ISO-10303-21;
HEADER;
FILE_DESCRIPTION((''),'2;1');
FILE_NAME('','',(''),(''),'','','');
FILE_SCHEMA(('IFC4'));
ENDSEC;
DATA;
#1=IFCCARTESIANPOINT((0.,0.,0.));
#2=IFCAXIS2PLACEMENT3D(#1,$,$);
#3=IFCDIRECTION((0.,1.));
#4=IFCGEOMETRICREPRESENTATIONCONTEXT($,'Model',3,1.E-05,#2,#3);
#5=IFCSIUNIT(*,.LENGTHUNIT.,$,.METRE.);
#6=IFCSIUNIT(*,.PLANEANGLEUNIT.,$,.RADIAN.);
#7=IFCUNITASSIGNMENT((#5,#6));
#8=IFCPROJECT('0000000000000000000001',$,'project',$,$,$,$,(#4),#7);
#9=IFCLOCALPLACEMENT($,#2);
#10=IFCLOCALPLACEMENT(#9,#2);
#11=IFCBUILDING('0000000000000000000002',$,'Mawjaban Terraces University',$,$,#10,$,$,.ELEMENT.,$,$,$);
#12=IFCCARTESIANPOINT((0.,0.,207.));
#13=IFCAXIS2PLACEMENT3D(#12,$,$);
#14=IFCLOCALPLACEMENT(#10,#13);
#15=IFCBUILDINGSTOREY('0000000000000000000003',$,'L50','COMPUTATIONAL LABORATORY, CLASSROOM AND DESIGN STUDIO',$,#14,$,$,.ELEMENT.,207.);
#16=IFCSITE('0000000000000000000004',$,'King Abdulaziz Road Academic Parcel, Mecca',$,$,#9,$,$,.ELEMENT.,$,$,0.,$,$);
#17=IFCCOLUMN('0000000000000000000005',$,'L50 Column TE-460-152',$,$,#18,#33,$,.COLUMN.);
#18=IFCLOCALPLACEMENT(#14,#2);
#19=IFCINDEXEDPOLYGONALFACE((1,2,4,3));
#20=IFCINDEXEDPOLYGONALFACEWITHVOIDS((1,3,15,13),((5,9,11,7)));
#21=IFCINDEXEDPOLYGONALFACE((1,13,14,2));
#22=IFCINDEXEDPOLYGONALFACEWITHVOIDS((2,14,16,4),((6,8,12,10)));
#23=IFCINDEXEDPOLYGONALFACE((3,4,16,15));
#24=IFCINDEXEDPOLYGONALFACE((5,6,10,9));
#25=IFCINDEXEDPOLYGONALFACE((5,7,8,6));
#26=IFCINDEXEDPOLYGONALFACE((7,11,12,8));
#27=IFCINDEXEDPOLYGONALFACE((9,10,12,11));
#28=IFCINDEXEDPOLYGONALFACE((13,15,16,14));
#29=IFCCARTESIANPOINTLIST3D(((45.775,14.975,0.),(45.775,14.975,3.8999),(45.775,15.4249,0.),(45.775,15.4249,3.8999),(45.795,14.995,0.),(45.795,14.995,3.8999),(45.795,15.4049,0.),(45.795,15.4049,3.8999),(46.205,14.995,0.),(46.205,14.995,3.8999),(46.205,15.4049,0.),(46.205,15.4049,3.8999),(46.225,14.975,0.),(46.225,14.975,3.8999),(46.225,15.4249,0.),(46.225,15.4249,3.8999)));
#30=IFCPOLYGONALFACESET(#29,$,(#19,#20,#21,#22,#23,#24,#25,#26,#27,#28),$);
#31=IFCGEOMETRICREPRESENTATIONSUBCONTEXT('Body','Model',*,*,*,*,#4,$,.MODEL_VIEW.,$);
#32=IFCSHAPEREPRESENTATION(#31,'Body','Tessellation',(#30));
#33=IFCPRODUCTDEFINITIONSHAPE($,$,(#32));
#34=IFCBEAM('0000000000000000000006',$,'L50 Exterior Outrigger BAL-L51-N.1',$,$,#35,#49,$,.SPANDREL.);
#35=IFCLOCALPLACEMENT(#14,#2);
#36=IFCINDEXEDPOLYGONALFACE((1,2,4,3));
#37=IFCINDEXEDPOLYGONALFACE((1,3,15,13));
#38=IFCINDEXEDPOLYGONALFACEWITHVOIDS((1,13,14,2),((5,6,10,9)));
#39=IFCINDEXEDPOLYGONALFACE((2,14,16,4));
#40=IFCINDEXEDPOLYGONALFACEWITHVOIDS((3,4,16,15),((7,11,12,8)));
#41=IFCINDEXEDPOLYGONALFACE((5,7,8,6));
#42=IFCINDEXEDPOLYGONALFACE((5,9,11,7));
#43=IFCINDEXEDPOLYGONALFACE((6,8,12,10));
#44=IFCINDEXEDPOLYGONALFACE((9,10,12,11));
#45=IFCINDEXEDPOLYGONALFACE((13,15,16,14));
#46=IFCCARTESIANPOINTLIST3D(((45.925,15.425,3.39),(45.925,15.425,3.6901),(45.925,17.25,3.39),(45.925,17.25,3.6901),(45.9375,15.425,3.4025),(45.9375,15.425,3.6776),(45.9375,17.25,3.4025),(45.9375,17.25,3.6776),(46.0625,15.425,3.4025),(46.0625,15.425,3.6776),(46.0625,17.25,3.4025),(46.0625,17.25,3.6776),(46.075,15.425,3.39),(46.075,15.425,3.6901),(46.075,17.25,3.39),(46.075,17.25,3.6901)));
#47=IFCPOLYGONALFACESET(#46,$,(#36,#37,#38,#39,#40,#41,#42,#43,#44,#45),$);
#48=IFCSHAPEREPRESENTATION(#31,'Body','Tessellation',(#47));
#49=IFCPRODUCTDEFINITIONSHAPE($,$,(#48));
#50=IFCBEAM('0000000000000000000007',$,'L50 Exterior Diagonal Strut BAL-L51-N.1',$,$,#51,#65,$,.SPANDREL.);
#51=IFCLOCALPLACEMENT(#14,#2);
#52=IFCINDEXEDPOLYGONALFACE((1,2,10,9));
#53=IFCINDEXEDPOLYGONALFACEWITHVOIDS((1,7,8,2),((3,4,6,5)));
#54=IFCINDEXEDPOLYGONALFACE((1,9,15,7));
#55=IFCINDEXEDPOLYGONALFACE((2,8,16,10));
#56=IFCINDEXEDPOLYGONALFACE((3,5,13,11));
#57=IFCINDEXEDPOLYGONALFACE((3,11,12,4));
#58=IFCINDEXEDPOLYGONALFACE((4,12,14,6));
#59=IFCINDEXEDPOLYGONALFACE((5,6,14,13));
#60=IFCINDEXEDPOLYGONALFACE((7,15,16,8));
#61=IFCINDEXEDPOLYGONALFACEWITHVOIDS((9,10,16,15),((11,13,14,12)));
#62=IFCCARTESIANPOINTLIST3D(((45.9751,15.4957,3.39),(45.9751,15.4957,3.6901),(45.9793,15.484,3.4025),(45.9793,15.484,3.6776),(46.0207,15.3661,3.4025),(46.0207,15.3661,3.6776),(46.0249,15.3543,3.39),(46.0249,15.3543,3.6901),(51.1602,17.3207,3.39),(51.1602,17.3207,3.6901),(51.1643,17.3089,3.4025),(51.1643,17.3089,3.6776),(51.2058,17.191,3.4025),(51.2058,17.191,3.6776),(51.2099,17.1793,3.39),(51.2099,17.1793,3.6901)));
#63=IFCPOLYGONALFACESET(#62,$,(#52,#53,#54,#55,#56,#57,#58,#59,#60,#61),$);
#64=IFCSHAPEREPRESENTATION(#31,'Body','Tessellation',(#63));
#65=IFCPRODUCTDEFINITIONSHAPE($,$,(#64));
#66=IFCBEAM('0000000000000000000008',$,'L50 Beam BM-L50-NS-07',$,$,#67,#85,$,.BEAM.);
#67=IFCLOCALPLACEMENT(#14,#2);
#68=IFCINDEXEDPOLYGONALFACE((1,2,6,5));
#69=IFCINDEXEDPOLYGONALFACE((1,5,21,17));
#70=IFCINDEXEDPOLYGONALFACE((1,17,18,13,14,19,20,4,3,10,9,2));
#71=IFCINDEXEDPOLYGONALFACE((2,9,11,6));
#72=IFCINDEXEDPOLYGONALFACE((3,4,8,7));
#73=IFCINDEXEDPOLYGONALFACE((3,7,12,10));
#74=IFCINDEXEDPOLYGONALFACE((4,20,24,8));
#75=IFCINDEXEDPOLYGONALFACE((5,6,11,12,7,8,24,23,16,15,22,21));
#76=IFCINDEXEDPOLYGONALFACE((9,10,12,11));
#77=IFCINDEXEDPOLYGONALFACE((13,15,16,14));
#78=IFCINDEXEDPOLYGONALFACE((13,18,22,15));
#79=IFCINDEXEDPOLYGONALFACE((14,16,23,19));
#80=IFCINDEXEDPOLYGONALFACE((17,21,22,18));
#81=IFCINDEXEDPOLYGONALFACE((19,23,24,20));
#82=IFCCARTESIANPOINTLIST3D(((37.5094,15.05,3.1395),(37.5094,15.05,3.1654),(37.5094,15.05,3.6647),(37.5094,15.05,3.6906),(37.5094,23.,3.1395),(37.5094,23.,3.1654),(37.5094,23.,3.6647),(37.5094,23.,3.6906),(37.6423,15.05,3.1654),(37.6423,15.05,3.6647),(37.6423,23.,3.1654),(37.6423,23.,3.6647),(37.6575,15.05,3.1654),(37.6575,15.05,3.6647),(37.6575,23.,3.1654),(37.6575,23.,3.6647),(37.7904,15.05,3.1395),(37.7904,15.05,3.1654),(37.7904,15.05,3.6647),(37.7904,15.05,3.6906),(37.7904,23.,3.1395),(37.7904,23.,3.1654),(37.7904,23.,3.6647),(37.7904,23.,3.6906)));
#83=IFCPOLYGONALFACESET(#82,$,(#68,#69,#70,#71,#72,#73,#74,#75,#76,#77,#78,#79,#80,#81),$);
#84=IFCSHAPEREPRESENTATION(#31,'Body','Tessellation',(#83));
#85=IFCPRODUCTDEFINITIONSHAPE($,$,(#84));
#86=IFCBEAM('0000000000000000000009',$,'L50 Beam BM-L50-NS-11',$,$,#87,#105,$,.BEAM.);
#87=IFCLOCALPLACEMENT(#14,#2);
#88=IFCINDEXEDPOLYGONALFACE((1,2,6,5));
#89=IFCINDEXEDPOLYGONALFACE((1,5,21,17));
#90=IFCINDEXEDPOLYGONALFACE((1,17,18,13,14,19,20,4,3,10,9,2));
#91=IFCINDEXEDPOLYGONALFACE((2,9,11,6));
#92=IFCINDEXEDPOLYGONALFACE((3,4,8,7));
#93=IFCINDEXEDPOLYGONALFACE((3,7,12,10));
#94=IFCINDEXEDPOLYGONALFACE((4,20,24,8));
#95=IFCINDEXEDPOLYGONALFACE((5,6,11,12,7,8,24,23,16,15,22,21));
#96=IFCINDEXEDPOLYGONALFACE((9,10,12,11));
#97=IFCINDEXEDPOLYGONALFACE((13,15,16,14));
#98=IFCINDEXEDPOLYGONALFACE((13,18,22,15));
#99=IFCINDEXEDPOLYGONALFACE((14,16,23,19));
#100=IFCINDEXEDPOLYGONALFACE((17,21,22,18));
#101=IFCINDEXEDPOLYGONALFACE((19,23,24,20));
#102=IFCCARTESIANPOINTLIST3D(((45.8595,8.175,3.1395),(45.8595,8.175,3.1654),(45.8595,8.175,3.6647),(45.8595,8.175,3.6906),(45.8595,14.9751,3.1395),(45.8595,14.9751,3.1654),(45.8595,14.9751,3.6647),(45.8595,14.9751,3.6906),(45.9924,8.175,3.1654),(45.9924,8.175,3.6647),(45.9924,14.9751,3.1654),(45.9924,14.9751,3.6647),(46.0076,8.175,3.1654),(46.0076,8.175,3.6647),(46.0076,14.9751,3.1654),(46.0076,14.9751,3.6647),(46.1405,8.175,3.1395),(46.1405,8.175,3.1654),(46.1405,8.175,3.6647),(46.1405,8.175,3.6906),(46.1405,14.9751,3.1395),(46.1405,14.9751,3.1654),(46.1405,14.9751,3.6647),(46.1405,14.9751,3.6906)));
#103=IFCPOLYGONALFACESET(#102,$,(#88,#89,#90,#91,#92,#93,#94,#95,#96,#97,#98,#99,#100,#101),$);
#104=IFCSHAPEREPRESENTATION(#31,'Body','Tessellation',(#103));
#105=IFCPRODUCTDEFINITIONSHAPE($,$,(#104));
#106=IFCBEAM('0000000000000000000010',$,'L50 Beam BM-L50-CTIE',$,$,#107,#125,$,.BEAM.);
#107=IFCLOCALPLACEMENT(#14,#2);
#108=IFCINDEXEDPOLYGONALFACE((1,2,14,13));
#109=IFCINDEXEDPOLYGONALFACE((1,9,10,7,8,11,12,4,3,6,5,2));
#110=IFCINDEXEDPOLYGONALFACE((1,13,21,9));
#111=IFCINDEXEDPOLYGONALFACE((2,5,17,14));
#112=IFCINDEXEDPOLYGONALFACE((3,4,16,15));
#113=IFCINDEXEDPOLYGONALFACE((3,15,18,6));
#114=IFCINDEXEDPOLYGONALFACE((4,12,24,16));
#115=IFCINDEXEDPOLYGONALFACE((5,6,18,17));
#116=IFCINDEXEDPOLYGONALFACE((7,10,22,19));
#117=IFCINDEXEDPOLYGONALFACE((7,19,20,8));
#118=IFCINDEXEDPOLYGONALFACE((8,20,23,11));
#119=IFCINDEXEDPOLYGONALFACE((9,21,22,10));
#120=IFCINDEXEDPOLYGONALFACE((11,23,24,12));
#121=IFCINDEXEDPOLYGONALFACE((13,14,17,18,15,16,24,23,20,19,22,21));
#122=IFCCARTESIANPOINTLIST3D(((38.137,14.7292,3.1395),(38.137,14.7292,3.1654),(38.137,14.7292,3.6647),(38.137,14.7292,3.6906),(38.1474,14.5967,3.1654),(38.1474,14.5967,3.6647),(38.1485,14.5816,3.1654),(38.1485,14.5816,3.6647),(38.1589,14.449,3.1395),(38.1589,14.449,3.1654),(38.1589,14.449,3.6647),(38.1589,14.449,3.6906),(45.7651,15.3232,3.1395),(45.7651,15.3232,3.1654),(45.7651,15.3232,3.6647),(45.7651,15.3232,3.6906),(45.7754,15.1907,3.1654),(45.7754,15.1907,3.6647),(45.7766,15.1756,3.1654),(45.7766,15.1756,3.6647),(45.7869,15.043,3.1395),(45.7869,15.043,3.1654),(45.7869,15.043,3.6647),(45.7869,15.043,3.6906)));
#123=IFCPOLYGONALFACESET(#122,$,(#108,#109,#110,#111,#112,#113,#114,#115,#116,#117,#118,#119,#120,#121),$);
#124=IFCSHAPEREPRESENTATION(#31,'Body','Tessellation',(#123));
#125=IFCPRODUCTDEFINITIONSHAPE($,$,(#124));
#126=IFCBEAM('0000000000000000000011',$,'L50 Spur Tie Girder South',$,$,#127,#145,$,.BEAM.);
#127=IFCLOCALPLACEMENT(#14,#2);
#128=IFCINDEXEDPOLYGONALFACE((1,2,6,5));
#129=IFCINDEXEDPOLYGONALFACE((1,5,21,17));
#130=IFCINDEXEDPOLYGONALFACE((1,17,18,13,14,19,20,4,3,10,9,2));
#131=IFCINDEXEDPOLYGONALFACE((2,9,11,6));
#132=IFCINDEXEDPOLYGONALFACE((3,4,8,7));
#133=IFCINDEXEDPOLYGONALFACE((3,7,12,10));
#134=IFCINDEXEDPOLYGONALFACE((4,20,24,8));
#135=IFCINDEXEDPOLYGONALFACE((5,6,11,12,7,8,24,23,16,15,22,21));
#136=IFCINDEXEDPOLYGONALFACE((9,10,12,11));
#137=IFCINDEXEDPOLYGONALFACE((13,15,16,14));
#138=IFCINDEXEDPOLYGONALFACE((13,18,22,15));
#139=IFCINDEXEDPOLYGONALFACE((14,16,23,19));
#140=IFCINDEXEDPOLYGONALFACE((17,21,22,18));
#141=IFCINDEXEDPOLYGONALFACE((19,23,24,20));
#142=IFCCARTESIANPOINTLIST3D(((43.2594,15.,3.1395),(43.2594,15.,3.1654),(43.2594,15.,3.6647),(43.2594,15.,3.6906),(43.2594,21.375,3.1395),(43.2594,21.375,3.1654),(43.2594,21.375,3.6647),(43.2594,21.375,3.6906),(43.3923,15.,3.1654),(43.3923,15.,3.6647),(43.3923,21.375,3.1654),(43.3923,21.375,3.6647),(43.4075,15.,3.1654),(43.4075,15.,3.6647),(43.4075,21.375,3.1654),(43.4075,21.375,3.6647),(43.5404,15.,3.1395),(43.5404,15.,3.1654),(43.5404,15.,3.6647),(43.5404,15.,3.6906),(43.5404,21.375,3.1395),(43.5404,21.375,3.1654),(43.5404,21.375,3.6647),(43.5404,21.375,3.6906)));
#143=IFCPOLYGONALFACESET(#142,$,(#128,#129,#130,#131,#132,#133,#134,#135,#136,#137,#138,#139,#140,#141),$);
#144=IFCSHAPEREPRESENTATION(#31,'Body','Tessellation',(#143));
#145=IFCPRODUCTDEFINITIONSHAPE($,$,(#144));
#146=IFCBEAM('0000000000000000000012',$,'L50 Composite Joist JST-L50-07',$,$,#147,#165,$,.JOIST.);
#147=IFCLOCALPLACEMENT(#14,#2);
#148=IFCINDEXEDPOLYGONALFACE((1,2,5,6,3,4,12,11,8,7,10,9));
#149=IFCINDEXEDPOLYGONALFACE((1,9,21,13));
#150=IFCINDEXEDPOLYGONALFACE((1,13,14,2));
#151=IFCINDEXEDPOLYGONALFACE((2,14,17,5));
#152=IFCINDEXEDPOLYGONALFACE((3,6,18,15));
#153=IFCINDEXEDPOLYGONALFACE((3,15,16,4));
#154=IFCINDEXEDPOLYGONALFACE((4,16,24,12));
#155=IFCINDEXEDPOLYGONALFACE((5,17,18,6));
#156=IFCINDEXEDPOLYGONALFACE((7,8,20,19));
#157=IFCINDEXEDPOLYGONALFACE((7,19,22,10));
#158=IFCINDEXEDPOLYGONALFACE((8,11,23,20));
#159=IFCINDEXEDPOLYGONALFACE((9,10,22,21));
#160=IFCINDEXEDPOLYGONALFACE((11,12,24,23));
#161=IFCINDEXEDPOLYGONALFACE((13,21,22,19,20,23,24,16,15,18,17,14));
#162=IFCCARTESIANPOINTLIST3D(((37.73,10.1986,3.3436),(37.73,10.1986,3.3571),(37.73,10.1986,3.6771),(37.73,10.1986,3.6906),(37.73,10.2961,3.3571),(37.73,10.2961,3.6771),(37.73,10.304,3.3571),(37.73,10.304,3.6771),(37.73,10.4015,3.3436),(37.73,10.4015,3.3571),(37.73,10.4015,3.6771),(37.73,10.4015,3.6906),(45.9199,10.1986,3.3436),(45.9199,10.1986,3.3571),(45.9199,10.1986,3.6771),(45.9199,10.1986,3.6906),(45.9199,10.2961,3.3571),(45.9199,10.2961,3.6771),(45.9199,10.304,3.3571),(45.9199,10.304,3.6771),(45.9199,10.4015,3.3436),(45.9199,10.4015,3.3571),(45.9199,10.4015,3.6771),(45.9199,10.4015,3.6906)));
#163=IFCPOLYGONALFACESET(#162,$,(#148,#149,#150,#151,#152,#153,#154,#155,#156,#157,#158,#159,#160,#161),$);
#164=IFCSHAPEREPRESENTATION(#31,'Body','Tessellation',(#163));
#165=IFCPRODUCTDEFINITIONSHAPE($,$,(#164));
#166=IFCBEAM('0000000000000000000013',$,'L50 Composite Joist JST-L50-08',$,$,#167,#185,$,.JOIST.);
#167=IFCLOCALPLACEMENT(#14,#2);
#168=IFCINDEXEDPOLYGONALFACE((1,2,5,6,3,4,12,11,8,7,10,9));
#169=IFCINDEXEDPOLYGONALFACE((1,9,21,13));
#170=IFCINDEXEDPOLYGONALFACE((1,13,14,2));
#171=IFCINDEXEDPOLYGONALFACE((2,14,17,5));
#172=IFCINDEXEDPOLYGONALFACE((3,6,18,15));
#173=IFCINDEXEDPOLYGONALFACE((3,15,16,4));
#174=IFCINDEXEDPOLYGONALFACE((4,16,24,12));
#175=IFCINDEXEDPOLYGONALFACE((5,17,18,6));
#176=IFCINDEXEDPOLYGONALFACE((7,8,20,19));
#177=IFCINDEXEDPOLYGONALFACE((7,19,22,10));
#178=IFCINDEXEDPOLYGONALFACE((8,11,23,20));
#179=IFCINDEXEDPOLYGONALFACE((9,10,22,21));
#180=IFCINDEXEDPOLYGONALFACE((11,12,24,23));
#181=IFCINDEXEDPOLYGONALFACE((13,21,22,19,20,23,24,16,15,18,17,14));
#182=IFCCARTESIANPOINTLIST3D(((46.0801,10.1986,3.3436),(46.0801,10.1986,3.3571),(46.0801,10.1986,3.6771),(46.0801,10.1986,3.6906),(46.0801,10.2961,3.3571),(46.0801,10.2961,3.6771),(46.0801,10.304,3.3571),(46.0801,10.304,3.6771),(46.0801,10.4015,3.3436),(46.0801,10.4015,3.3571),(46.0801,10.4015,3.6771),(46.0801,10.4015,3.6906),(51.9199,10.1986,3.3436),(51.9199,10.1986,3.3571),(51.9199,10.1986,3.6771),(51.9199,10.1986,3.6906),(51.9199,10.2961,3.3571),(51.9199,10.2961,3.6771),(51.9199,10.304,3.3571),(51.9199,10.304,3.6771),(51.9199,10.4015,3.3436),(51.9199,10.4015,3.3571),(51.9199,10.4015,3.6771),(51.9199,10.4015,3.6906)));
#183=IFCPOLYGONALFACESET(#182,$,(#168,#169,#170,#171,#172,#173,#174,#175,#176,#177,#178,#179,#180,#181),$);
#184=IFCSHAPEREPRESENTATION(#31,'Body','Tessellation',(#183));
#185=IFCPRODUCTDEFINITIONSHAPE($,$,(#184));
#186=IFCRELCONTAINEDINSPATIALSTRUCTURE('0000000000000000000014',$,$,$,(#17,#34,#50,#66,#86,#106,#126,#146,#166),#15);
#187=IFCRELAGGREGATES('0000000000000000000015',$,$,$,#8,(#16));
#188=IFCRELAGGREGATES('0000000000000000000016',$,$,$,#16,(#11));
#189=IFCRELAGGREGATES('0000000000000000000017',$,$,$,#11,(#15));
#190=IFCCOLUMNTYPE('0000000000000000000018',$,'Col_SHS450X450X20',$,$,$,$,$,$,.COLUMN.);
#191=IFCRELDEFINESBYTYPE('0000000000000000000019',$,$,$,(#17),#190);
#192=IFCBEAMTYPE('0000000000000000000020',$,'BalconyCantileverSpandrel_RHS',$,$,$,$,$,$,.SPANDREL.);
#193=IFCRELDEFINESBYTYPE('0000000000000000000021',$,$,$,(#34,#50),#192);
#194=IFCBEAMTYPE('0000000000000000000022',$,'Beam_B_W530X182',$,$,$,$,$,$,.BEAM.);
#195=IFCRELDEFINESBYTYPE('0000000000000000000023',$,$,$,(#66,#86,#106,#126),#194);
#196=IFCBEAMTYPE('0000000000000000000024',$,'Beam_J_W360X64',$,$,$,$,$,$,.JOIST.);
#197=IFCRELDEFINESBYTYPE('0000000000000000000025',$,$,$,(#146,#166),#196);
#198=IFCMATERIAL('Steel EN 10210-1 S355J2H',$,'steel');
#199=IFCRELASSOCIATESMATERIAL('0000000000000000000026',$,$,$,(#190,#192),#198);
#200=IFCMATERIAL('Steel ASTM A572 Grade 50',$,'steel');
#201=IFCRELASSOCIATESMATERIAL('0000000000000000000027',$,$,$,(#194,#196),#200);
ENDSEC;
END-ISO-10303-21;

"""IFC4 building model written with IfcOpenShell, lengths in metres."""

from ifc_helpers import new_model, si_unit, direction, frame, origin, origin_2d, place, context, subcontext, project, spatial, hollow_rectangle, i_section, extrude, material, material_profile, profile_set, type_object, element, save


model = new_model("IFC4")

# Units and contexts
model_context = context("Model", 3, precision=1e-05, world=origin(), true_north=direction((0.0, 1.0)))
body_context = subcontext(model_context, "Body", "Model", "MODEL_VIEW")
ifc_project = project(units=[si_unit("LENGTHUNIT", "METRE"), si_unit("PLANEANGLEUNIT", "RADIAN")], contexts=[model_context])

# Site, building, storey
site_placement = place(None, origin())
site = spatial("IfcSite", under=ifc_project, at=site_placement, Name="King Abdulaziz Road Academic Parcel, Mecca", CompositionType="ELEMENT", RefElevation=0.0)
building_placement = place(site_placement, origin())
building = spatial("IfcBuilding", under=site, at=building_placement, Name="Mawjaban Terraces University", CompositionType="ELEMENT")
storey_placement = place(building_placement, frame((0.0, 0.0, 207.0)))
storey = spatial("IfcBuildingStorey", under=building, at=storey_placement, Name="L50", Description="COMPUTATIONAL LABORATORY, CLASSROOM AND DESIGN STUDIO", CompositionType="ELEMENT", Elevation=207.0)

# Column
ifc_material_1 = material(Name="Steel EN 10210-1 S355J2H", Category="steel")
ifc_material_profile_1 = material_profile(ifc_material_1, hollow_rectangle(XDim=0.45, YDim=0.45, WallThickness=0.02, at=origin_2d()), Name="SHS450X450X20")
ifc_profile_set_1 = profile_set([ifc_material_profile_1], Name="Steel EN 10210-1 S355J2H")
column_type = type_object("IfcColumnType", Name="Col_SHS450X450X20", PredefinedType="COLUMN", material=ifc_profile_set_1)
column_placement = place(storey_placement, frame((46.0, 15.2, 0.0), z_axis=(0.0, 0.0, 1.0), x_axis=(1.0, 0.0, 0.0)))
element("IfcColumn", 1, at=column_placement, inside=storey, type_object=column_type, Name="L50 Column TE-460-152", PredefinedType="COLUMN", context=body_context, shape_type="SweptSolid", body=[
    extrude(hollow_rectangle(XDim=0.45, YDim=0.45, WallThickness=0.02, at=origin_2d()), origin(), (0.0, 0.0, 1.0), 3.8999),
])

# Beams
ifc_material_profile_2 = material_profile(ifc_material_1, hollow_rectangle(XDim=0.1499, YDim=0.3, WallThickness=0.0125, at=origin_2d()), Name="RHS300X150X12.5")
ifc_profile_set_2 = profile_set([ifc_material_profile_2], Name="Steel EN 10210-1 S355J2H")
beam_type_1 = type_object("IfcBeamType", Name="BalconyCantileverSpandrel_RHS", PredefinedType="SPANDREL", material=ifc_profile_set_2)
beam_1_placement = place(storey_placement, frame((46.0, 15.425, 3.54), z_axis=(0.0, 1.0, 0.0), x_axis=(-1.0, 0.0, 0.0)))
element("IfcBeam", 2, at=beam_1_placement, inside=storey, type_object=beam_type_1, Name="L50 Exterior Outrigger BAL-L51-N.1", PredefinedType="SPANDREL", context=body_context, shape_type="SweptSolid", body=[
    extrude(hollow_rectangle(XDim=0.1499, YDim=0.3, WallThickness=0.0125, at=origin_2d()), origin(), (0.0, 0.0, 1.0), 1.825),
])
beam_2_placement = place(storey_placement, frame((46.0, 15.425, 3.54), z_axis=(0.943279, 0.332, 0.0), x_axis=(-0.332, 0.943279, 0.0)))
element("IfcBeam", 3, at=beam_2_placement, inside=storey, type_object=beam_type_1, Name="L50 Exterior Diagonal Strut BAL-L51-N.1", PredefinedType="SPANDREL", context=body_context, shape_type="SweptSolid", body=[
    extrude(hollow_rectangle(XDim=0.1499, YDim=0.3, WallThickness=0.0125, at=origin_2d()), origin(), (0.0, 0.0, 1.0), 5.4968),
])
ifc_material_2 = material(Name="Steel ASTM A572 Grade 50", Category="steel")
ifc_material_profile_3 = material_profile(ifc_material_2, i_section(OverallWidth=0.281, OverallDepth=0.551, WebThickness=0.0151, FlangeThickness=0.0259, at=origin_2d()), Name="W530X182")
ifc_profile_set_3 = profile_set([ifc_material_profile_3], Name="Steel ASTM A572 Grade 50")
beam_type_2 = type_object("IfcBeamType", Name="Beam_B_W530X182", PredefinedType="BEAM", material=ifc_profile_set_3)
beam_3_placement = place(storey_placement, frame((37.6499, 15.05, 3.415), z_axis=(0.0, 1.0, 0.0), x_axis=(-1.0, 0.0, 0.0)))
element("IfcBeam", 4, at=beam_3_placement, inside=storey, type_object=beam_type_2, Name="L50 Beam BM-L50-NS-07", PredefinedType="BEAM", context=body_context, shape_type="SweptSolid", body=[
    extrude(i_section(OverallWidth=0.281, OverallDepth=0.551, WebThickness=0.0151, FlangeThickness=0.0259, at=origin_2d()), origin(), (0.0, 0.0, 1.0), 7.95),
])
beam_4_placement = place(storey_placement, frame((46.0, 8.175, 3.415), z_axis=(0.0, 1.0, 0.0), x_axis=(-1.0, 0.0, 0.0)))
element("IfcBeam", 5, at=beam_4_placement, inside=storey, type_object=beam_type_2, Name="L50 Beam BM-L50-NS-11", PredefinedType="BEAM", context=body_context, shape_type="SweptSolid", body=[
    extrude(i_section(OverallWidth=0.281, OverallDepth=0.551, WebThickness=0.0151, FlangeThickness=0.0259, at=origin_2d()), origin(), (0.0, 0.0, 1.0), 6.8),
])
beam_5_placement = place(storey_placement, frame((38.1479, 14.5891, 3.415), z_axis=(0.996982, 0.077636, 0.0), x_axis=(-0.077636, 0.996982, 0.0)))
element("IfcBeam", 6, at=beam_5_placement, inside=storey, type_object=beam_type_2, Name="L50 Beam BM-L50-CTIE", PredefinedType="BEAM", context=body_context, shape_type="SweptSolid", body=[
    extrude(i_section(OverallWidth=0.281, OverallDepth=0.551, WebThickness=0.0151, FlangeThickness=0.0259, at=origin_2d()), origin(), (0.0, 0.0, 1.0), 7.6511),
])
beam_6_placement = place(storey_placement, frame((43.3999, 15.0, 3.415), z_axis=(0.0, 1.0, 0.0), x_axis=(-1.0, 0.0, 0.0)))
element("IfcBeam", 7, at=beam_6_placement, inside=storey, type_object=beam_type_2, Name="L50 Spur Tie Girder South", PredefinedType="BEAM", context=body_context, shape_type="SweptSolid", body=[
    extrude(i_section(OverallWidth=0.281, OverallDepth=0.551, WebThickness=0.0151, FlangeThickness=0.0259, at=origin_2d()), origin(), (0.0, 0.0, 1.0), 6.375),
])
ifc_material_profile_4 = material_profile(ifc_material_2, i_section(OverallWidth=0.2029, OverallDepth=0.3469, WebThickness=0.0078, FlangeThickness=0.0134, at=origin_2d()), Name="W360X64")
ifc_profile_set_4 = profile_set([ifc_material_profile_4], Name="Steel ASTM A572 Grade 50")
beam_type_3 = type_object("IfcBeamType", Name="Beam_J_W360X64", PredefinedType="JOIST", material=ifc_profile_set_4)
beam_7_placement = place(storey_placement, frame((37.73, 10.3, 3.5171), z_axis=(1.0, 0.0, 0.0), x_axis=(0.0, 1.0, 0.0)))
element("IfcBeam", 8, at=beam_7_placement, inside=storey, type_object=beam_type_3, Name="L50 Composite Joist JST-L50-07", PredefinedType="JOIST", context=body_context, shape_type="SweptSolid", body=[
    extrude(i_section(OverallWidth=0.2029, OverallDepth=0.3469, WebThickness=0.0078, FlangeThickness=0.0134, at=origin_2d()), origin(), (0.0, 0.0, 1.0), 8.1899),
])
beam_8_placement = place(storey_placement, frame((46.0801, 10.3, 3.5171), z_axis=(1.0, 0.0, 0.0), x_axis=(0.0, 1.0, 0.0)))
element("IfcBeam", 9, at=beam_8_placement, inside=storey, type_object=beam_type_3, Name="L50 Composite Joist JST-L50-08", PredefinedType="JOIST", context=body_context, shape_type="SweptSolid", body=[
    extrude(i_section(OverallWidth=0.2029, OverallDepth=0.3469, WebThickness=0.0078, FlangeThickness=0.0134, at=origin_2d()), origin(), (0.0, 0.0, 1.0), 5.8398),
])

save(model, "model.ifc")
